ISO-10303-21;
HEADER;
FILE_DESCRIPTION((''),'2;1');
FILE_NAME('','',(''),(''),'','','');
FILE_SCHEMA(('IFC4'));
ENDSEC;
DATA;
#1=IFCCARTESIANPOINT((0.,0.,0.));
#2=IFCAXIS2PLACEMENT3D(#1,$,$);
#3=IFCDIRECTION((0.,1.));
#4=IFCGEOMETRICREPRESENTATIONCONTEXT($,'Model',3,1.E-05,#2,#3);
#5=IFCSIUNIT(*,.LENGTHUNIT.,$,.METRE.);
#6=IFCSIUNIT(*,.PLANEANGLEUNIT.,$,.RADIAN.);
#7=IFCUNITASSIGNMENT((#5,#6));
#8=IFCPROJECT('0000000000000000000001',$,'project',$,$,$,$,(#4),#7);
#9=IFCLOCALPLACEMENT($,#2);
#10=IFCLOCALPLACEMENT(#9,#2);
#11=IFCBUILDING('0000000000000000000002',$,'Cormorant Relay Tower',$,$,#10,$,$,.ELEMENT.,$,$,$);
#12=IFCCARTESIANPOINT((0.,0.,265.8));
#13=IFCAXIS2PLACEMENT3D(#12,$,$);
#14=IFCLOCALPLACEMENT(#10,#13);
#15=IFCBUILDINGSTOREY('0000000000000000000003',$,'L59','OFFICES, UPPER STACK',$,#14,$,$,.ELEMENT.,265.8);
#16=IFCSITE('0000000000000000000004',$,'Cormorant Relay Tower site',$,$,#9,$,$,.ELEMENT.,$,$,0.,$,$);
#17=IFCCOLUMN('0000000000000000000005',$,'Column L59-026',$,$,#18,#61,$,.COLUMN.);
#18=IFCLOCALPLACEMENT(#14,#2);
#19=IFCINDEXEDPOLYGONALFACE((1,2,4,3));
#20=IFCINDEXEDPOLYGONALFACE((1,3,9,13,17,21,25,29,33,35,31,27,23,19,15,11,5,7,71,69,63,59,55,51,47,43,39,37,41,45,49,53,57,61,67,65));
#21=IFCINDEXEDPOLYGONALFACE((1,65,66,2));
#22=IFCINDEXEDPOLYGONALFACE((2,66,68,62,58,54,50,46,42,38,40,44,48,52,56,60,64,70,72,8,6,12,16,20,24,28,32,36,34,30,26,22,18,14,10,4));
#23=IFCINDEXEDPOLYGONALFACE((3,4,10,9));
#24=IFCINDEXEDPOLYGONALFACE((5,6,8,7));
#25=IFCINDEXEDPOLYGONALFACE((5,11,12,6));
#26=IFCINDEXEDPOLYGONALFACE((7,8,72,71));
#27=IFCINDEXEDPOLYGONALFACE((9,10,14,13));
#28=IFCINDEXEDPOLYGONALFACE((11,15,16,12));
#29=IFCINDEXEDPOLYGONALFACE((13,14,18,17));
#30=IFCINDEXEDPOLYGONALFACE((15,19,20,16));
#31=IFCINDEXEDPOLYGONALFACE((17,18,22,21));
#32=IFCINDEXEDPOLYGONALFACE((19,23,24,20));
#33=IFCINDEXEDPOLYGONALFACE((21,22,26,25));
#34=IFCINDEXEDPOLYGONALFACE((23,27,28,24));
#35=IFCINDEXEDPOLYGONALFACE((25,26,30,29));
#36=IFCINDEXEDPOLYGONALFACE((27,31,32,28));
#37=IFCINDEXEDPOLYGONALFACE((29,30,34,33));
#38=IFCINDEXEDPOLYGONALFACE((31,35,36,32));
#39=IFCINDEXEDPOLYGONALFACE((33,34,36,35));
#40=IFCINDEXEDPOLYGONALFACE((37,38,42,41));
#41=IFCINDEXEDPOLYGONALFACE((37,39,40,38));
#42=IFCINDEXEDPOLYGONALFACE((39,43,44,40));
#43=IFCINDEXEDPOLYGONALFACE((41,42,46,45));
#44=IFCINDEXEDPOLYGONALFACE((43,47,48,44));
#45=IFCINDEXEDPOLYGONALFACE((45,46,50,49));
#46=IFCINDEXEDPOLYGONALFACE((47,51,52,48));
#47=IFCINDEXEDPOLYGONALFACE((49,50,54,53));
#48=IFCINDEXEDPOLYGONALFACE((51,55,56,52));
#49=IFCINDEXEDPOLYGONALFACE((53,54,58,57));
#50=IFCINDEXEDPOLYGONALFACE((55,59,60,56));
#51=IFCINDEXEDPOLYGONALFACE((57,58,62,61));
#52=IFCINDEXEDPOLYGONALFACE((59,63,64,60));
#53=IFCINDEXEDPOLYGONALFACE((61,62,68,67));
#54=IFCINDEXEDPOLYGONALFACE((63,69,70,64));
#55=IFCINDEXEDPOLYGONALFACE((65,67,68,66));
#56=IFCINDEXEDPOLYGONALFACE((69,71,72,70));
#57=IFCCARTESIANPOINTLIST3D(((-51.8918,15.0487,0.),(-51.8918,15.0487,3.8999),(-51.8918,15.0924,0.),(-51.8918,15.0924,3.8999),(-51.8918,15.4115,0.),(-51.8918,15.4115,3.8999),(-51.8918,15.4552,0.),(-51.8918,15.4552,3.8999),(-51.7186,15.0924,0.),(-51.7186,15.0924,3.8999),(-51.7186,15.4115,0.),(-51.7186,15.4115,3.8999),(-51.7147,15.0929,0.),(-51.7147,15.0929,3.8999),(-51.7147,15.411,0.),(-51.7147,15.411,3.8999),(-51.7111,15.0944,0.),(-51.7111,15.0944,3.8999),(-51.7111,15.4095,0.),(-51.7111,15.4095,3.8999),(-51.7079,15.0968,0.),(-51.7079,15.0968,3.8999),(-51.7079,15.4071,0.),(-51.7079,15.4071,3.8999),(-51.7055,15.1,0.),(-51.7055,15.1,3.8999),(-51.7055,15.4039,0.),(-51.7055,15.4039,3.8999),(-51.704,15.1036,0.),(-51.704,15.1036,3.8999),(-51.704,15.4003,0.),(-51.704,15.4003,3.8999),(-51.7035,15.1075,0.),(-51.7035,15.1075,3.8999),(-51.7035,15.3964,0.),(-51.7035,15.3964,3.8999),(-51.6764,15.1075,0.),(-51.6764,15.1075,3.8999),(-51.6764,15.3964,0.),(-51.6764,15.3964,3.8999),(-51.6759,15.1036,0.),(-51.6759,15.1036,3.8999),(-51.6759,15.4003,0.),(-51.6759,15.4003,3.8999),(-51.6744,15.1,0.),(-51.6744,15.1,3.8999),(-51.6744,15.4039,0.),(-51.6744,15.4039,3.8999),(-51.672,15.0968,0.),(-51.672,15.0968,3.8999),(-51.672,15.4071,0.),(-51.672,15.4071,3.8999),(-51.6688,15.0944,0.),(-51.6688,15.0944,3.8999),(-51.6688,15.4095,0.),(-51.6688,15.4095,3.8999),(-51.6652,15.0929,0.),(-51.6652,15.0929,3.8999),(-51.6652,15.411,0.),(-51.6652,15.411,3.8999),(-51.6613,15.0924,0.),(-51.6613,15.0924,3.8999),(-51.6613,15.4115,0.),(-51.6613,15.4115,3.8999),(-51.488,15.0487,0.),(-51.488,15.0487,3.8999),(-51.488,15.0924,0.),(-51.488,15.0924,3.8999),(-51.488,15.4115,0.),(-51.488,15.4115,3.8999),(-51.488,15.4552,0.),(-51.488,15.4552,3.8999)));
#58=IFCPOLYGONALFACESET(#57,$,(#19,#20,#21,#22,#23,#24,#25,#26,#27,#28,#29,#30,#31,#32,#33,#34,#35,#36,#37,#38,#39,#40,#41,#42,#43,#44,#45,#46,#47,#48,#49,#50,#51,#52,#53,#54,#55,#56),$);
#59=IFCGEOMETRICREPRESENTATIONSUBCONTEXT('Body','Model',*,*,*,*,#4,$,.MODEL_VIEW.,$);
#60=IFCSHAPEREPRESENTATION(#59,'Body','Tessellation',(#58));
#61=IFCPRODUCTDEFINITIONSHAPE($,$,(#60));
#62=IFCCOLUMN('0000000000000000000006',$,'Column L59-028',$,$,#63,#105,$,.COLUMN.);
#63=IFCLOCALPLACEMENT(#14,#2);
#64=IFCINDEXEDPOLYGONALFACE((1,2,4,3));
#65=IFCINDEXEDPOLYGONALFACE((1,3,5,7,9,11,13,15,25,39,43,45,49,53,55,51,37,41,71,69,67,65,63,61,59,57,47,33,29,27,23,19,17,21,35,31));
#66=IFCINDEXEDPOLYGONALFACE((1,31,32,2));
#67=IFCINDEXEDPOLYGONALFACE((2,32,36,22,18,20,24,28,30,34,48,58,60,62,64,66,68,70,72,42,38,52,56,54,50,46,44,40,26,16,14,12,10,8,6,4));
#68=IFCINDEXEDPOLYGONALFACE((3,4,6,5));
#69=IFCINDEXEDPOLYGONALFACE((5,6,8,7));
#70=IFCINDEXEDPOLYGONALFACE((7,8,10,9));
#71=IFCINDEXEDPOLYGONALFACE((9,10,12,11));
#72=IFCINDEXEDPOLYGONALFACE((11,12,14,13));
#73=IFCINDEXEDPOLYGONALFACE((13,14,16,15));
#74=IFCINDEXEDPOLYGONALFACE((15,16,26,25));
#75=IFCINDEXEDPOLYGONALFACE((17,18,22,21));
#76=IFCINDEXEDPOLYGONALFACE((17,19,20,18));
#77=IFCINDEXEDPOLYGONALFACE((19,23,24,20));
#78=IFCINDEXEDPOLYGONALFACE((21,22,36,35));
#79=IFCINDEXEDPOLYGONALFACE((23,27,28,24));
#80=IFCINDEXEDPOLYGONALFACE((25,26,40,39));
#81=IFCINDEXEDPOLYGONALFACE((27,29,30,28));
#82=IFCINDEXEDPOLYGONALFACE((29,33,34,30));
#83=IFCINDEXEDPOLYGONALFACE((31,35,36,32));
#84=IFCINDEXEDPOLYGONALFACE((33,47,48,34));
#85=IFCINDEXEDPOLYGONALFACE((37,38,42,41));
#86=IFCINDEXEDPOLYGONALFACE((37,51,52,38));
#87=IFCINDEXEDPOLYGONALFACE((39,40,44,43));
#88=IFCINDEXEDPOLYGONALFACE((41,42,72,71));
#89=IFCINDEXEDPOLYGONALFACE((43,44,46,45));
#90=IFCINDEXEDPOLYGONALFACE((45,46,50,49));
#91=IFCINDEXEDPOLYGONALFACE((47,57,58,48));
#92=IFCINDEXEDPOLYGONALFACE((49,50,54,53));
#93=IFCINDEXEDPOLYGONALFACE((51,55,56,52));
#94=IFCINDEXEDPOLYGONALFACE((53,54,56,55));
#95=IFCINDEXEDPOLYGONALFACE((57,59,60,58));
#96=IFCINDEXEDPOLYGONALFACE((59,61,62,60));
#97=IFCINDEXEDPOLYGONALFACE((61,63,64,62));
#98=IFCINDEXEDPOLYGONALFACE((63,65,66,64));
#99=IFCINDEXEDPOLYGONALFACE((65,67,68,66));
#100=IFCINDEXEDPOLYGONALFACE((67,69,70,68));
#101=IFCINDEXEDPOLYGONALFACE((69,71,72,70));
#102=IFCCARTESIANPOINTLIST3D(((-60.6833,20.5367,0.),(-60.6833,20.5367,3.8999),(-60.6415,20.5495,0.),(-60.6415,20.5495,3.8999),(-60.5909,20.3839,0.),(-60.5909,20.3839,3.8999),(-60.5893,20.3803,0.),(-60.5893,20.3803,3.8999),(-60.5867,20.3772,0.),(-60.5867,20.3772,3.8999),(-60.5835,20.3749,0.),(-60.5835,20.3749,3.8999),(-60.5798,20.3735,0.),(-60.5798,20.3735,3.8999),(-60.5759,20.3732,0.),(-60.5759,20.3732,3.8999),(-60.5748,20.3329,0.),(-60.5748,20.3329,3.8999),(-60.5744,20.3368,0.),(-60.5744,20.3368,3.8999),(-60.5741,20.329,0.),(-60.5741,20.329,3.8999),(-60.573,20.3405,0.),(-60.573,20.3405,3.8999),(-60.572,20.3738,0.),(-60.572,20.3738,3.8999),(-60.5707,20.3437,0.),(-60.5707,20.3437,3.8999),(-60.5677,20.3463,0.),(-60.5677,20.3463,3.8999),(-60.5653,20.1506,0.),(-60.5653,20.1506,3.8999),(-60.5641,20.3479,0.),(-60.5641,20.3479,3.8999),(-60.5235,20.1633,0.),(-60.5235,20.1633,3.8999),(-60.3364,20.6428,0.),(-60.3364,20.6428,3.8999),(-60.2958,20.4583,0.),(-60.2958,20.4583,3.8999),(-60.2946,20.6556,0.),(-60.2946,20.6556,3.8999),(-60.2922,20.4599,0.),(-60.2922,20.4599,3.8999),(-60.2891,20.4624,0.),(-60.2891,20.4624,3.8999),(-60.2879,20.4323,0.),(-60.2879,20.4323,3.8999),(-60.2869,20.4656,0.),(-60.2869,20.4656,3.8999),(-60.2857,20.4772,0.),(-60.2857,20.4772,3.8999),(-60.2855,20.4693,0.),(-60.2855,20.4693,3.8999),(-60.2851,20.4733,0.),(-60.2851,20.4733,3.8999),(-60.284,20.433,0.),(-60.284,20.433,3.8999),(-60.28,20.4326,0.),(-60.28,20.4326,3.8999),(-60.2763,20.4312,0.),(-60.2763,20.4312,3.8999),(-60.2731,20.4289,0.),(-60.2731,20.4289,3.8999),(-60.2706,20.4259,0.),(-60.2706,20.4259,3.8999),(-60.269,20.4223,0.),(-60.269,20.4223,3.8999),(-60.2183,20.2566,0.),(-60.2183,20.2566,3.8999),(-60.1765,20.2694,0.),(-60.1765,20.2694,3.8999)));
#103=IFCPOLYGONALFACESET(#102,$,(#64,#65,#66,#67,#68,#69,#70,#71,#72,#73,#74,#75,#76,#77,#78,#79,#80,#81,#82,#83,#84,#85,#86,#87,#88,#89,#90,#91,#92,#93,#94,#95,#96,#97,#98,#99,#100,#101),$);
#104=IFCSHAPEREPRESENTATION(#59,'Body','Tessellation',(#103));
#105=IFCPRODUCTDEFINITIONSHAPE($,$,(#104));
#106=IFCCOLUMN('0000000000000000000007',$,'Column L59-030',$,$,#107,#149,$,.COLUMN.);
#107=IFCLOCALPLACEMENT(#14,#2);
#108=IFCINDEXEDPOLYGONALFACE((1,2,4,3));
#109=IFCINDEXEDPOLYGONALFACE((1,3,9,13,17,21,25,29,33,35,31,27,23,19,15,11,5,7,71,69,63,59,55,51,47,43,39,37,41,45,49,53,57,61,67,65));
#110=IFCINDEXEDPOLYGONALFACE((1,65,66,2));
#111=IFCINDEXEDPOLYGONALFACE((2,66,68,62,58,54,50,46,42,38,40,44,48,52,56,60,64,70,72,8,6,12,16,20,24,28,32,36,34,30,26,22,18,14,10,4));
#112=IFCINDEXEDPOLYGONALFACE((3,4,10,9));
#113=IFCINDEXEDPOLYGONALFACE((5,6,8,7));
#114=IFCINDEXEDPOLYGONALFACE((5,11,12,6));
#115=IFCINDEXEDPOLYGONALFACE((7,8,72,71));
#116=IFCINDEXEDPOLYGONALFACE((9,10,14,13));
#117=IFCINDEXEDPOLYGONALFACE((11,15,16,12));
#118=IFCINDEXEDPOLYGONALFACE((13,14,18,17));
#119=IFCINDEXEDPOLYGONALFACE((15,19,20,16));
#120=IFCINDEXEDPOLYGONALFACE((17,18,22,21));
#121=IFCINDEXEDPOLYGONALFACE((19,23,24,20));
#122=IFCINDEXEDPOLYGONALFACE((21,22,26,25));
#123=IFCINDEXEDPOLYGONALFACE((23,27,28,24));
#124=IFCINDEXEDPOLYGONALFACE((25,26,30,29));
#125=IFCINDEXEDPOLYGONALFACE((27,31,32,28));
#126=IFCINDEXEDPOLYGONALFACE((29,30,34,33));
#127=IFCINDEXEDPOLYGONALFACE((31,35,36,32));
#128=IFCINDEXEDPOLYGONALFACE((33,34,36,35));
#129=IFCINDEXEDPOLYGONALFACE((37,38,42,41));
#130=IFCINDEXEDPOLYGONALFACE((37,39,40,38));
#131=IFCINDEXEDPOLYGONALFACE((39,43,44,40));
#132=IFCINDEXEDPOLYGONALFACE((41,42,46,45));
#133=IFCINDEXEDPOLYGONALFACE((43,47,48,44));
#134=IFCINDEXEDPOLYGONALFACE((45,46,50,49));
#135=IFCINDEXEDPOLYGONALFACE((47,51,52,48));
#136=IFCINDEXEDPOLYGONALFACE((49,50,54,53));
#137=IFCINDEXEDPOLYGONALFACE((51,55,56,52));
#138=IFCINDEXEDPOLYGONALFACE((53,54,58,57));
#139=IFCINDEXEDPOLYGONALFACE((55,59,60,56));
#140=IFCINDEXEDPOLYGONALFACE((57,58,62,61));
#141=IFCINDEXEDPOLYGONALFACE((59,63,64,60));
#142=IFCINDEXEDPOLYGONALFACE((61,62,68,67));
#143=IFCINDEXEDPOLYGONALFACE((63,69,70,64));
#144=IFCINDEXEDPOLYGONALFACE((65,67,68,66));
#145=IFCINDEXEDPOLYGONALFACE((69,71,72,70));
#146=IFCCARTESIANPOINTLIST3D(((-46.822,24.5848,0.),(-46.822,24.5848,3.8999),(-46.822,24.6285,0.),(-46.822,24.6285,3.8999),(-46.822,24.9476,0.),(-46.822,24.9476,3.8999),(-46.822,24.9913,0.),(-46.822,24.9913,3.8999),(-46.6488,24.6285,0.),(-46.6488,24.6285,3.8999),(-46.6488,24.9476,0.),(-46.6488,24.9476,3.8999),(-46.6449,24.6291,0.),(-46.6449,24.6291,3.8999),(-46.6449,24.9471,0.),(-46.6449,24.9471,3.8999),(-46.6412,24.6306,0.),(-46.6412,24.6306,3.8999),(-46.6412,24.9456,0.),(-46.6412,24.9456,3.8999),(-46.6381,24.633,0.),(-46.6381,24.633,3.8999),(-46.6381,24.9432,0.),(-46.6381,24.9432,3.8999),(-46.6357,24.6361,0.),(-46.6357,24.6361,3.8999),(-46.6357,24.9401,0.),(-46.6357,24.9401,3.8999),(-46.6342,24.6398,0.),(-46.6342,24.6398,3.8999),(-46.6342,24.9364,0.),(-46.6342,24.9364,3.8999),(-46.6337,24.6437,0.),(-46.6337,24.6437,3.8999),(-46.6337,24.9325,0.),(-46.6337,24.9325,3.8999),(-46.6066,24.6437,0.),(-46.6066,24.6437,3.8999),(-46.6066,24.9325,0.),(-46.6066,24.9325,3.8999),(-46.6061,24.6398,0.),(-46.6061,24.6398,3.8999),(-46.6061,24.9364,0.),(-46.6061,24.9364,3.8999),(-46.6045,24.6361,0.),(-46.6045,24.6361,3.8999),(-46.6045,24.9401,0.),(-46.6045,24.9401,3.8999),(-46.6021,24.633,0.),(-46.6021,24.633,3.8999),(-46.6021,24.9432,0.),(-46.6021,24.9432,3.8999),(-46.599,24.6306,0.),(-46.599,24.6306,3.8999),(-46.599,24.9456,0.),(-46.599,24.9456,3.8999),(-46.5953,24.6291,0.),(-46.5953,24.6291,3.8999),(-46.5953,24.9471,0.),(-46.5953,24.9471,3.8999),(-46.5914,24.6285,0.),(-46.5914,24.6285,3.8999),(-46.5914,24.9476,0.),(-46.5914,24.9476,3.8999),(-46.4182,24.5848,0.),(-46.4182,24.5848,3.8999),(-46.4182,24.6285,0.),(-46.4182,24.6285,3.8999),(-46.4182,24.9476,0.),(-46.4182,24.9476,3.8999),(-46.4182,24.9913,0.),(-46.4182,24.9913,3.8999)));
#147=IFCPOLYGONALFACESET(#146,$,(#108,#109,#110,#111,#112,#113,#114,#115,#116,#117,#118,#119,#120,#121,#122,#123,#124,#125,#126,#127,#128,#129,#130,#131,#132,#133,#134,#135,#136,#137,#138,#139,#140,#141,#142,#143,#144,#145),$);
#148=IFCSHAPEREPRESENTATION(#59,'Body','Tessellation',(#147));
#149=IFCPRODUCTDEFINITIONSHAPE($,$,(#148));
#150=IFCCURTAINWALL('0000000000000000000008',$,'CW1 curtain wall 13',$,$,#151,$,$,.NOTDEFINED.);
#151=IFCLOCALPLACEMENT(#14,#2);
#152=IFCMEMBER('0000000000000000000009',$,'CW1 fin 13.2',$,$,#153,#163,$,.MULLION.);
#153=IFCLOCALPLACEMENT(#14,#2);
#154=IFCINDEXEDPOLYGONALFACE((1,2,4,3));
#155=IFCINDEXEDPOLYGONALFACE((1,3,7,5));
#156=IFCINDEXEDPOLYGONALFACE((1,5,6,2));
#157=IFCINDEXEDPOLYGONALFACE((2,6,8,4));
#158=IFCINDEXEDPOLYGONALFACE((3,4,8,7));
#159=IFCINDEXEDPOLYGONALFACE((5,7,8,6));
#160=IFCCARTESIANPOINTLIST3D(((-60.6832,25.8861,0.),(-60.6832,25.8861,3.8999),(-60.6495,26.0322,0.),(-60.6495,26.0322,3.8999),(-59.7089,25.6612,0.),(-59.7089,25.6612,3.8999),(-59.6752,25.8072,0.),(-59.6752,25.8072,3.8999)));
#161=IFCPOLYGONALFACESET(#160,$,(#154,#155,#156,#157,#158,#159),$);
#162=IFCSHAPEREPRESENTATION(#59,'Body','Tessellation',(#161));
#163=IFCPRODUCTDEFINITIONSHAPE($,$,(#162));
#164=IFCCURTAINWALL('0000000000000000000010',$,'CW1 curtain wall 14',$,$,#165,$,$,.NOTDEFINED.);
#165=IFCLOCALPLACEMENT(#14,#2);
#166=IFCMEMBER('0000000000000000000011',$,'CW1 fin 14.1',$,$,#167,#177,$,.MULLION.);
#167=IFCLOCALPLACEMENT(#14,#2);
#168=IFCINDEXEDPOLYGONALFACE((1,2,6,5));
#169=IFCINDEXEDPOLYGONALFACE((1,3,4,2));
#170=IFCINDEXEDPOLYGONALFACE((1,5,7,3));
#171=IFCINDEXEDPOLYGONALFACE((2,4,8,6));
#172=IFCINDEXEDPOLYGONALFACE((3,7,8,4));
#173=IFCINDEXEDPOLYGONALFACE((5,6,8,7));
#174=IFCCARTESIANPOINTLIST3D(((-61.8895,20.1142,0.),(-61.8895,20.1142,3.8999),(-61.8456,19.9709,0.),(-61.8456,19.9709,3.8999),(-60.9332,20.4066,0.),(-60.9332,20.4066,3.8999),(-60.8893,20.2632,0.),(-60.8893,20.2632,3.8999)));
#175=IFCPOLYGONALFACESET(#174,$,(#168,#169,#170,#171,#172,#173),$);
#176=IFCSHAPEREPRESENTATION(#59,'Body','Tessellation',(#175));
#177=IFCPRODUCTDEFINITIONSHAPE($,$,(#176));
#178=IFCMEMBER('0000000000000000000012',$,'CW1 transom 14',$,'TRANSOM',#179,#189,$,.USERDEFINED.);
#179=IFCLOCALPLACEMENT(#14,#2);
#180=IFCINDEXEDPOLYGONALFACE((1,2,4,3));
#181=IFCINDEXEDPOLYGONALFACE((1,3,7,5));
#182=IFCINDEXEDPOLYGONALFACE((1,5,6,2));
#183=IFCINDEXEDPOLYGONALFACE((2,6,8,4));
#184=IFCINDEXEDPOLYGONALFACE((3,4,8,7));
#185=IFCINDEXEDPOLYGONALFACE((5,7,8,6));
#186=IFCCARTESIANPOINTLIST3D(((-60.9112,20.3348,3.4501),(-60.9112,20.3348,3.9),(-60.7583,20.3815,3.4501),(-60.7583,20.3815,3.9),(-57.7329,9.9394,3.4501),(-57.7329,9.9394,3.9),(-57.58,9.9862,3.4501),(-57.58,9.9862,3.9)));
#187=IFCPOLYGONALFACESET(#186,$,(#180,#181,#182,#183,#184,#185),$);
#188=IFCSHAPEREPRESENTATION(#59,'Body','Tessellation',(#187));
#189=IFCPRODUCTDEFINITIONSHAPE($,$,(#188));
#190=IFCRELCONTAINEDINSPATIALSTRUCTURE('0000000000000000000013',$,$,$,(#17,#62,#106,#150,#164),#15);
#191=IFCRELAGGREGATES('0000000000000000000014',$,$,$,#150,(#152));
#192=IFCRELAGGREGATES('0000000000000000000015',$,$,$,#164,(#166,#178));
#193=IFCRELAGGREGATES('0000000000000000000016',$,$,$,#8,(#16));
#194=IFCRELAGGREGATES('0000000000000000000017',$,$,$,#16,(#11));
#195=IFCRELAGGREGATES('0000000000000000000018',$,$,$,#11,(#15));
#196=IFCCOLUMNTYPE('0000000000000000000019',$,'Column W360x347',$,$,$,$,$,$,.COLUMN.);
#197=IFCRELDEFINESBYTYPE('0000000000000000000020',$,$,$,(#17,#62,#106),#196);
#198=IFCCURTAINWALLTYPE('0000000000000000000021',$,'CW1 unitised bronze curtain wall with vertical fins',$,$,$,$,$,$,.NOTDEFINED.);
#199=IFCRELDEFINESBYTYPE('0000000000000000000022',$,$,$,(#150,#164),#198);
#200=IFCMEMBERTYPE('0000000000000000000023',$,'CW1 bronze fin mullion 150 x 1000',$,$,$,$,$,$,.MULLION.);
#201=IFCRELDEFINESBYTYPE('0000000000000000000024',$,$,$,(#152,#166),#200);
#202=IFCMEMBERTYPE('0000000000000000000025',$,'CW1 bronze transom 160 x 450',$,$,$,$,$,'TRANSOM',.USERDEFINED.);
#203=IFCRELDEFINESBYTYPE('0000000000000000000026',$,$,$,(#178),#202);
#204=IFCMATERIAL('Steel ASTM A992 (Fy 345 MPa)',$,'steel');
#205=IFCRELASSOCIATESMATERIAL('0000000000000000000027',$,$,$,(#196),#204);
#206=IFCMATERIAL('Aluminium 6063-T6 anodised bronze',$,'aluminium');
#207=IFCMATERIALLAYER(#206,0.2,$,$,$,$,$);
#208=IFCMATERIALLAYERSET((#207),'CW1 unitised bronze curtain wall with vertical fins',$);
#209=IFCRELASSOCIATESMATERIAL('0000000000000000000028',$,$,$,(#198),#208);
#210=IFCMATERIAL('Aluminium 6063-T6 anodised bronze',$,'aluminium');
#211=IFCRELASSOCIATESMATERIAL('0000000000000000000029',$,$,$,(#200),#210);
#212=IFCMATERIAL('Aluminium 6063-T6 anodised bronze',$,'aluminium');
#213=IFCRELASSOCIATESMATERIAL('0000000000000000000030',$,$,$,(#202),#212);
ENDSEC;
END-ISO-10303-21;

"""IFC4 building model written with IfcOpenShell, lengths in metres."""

from ifc_helpers import new_model, si_unit, direction, frame, origin, origin_2d, place, context, subcontext, project, spatial, rectangle, i_section, extrude, material, layer, layer_set, material_profile, profile_set, type_object, element, aggregate, save


model = new_model("IFC4")

# Units and contexts
model_context = context("Model", 3, precision=1e-05, world=origin(), true_north=direction((0.0, 1.0)))
body_context = subcontext(model_context, "Body", "Model", "MODEL_VIEW")
ifc_project = project(units=[si_unit("LENGTHUNIT", "METRE"), si_unit("PLANEANGLEUNIT", "RADIAN")], contexts=[model_context])

# Site, building, storey
site_placement = place(None, origin())
site = spatial("IfcSite", under=ifc_project, at=site_placement, Name="Cormorant Relay Tower site", CompositionType="ELEMENT", RefElevation=0.0)
building_placement = place(site_placement, origin())
building = spatial("IfcBuilding", under=site, at=building_placement, Name="Cormorant Relay Tower", CompositionType="ELEMENT")
storey_placement = place(building_placement, frame((0.0, 0.0, 265.8)))
storey = spatial("IfcBuildingStorey", under=building, at=storey_placement, Name="L59", Description="OFFICES, UPPER STACK", CompositionType="ELEMENT", Elevation=265.8)

# Columns
ifc_material_1 = material(Name="Steel ASTM A992 (Fy 345 MPa)", Category="steel")
ifc_material_profile_1 = material_profile(ifc_material_1, i_section(OverallWidth=0.4038, OverallDepth=0.4065, WebThickness=0.0271, FlangeThickness=0.0437, FilletRadius=0.0151, at=origin_2d()), Name="W360x347")
ifc_profile_set_1 = profile_set([ifc_material_profile_1], Name="Steel ASTM A992 (Fy 345 MPa)")
column_type = type_object("IfcColumnType", Name="Column W360x347", PredefinedType="COLUMN", material=ifc_profile_set_1)
for number, where, z_axis, x_axis, name in (
    (1, (-51.6899, 15.252, 0.0), (0.0, 0.0, 1.0), (1.0, 0.0, 0.0), "Column L59-026"),
    (2, (-60.4299, 20.4031, 0.0), (0.0, 0.0, 1.0), (0.292372, -0.956305, 0.0), "Column L59-028"),
    (3, (-46.6201, 24.7881, 0.0), (0.0, 0.0, 1.0), (1.0, 0.0, 0.0), "Column L59-030"),
):
    element("IfcColumn", number, at=place(storey_placement, frame(where, z_axis=z_axis, x_axis=x_axis)), inside=storey, type_object=column_type, Name=name, PredefinedType="COLUMN", context=body_context, shape_type="SweptSolid", body=[
        extrude(i_section(OverallWidth=0.4038, OverallDepth=0.4065, WebThickness=0.0271, FlangeThickness=0.0437, FilletRadius=0.0151, at=origin_2d()), origin(), (0.0, 0.0, 1.0), 3.8999),
    ])

# Curtain wall, member
ifc_material_2 = material(Name="Aluminium 6063-T6 anodised bronze", Category="aluminium")
ifc_layer_1 = layer(ifc_material_2, 0.2)
ifc_layer_set_1 = layer_set([ifc_layer_1], Name="CW1 unitised bronze curtain wall with vertical fins")
curtain_wall_type = type_object("IfcCurtainWallType", Name="CW1 unitised bronze curtain wall with vertical fins", PredefinedType="NOTDEFINED", material=ifc_layer_set_1)
curtain_wall_1_placement = place(storey_placement, origin())
curtain_wall_1 = element("IfcCurtainWall", 4, at=curtain_wall_1_placement, inside=storey, type_object=curtain_wall_type, Name="CW1 curtain wall 13", PredefinedType="NOTDEFINED")
ifc_material_3 = material(Name="Aluminium 6063-T6 anodised bronze", Category="aluminium")
ifc_material_profile_2 = material_profile(ifc_material_3, rectangle(XDim=0.1499, YDim=1.0, at=origin_2d()), Name="AL 150x1000")
ifc_profile_set_2 = profile_set([ifc_material_profile_2], Name="Aluminium 6063-T6 anodised bronze")
member_type_1 = type_object("IfcMemberType", Name="CW1 bronze fin mullion 150 x 1000", PredefinedType="MULLION", material=ifc_profile_set_2)
member_1_placement = place(storey_placement, frame((-60.1792, 25.8467, 0.0), z_axis=(0.0, 0.0, 1.0), x_axis=(-0.224951, -0.97437, 0.0)))
member_1 = element("IfcMember", 5, at=member_1_placement, type_object=member_type_1, Name="CW1 fin 13.2", PredefinedType="MULLION", context=body_context, shape_type="SweptSolid", body=[
    extrude(rectangle(XDim=0.1499, YDim=1.0, at=origin_2d()), origin(), (0.0, 0.0, 1.0), 3.8999),
])

# Curtain wall, members
curtain_wall_2_placement = place(storey_placement, origin())
curtain_wall_2 = element("IfcCurtainWall", 6, at=curtain_wall_2_placement, inside=storey, type_object=curtain_wall_type, Name="CW1 curtain wall 14", PredefinedType="NOTDEFINED")
member_2_placement = place(storey_placement, frame((-61.3894, 20.1887, 0.0), z_axis=(0.0, 0.0, 1.0), x_axis=(0.292372, -0.956305, 0.0)))
member_2 = element("IfcMember", 7, at=member_2_placement, type_object=member_type_1, Name="CW1 fin 14.1", PredefinedType="MULLION", context=body_context, shape_type="SweptSolid", body=[
    extrude(rectangle(XDim=0.1499, YDim=1.0, at=origin_2d()), origin(), (0.0, 0.0, 1.0), 3.8999),
])
ifc_material_4 = material(Name="Aluminium 6063-T6 anodised bronze", Category="aluminium")
ifc_material_profile_3 = material_profile(ifc_material_4, rectangle(XDim=0.1599, YDim=0.45, at=origin_2d()), Name="AL 160x450")
ifc_profile_set_3 = profile_set([ifc_material_profile_3], Name="Aluminium 6063-T6 anodised bronze")
member_type_2 = type_object("IfcMemberType", Name="CW1 bronze transom 160 x 450", ElementType="TRANSOM", PredefinedType="USERDEFINED", material=ifc_profile_set_3)
member_3_placement = place(storey_placement, frame((-60.8347, 20.3582, 3.675), z_axis=(0.292378, -0.956303, 0.0), x_axis=(0.956303, 0.292378, 0.0)))
member_3 = element("IfcMember", 8, at=member_3_placement, type_object=member_type_2, Name="CW1 transom 14", ObjectType="TRANSOM", PredefinedType="USERDEFINED", context=body_context, shape_type="SweptSolid", body=[
    extrude(rectangle(XDim=0.1599, YDim=0.45, at=origin_2d()), origin(), (0.0, 0.0, 1.0), 10.8704),
])

aggregate(curtain_wall_1, [member_1])
aggregate(curtain_wall_2, [member_2, member_3])

save(model, "model.ifc")
